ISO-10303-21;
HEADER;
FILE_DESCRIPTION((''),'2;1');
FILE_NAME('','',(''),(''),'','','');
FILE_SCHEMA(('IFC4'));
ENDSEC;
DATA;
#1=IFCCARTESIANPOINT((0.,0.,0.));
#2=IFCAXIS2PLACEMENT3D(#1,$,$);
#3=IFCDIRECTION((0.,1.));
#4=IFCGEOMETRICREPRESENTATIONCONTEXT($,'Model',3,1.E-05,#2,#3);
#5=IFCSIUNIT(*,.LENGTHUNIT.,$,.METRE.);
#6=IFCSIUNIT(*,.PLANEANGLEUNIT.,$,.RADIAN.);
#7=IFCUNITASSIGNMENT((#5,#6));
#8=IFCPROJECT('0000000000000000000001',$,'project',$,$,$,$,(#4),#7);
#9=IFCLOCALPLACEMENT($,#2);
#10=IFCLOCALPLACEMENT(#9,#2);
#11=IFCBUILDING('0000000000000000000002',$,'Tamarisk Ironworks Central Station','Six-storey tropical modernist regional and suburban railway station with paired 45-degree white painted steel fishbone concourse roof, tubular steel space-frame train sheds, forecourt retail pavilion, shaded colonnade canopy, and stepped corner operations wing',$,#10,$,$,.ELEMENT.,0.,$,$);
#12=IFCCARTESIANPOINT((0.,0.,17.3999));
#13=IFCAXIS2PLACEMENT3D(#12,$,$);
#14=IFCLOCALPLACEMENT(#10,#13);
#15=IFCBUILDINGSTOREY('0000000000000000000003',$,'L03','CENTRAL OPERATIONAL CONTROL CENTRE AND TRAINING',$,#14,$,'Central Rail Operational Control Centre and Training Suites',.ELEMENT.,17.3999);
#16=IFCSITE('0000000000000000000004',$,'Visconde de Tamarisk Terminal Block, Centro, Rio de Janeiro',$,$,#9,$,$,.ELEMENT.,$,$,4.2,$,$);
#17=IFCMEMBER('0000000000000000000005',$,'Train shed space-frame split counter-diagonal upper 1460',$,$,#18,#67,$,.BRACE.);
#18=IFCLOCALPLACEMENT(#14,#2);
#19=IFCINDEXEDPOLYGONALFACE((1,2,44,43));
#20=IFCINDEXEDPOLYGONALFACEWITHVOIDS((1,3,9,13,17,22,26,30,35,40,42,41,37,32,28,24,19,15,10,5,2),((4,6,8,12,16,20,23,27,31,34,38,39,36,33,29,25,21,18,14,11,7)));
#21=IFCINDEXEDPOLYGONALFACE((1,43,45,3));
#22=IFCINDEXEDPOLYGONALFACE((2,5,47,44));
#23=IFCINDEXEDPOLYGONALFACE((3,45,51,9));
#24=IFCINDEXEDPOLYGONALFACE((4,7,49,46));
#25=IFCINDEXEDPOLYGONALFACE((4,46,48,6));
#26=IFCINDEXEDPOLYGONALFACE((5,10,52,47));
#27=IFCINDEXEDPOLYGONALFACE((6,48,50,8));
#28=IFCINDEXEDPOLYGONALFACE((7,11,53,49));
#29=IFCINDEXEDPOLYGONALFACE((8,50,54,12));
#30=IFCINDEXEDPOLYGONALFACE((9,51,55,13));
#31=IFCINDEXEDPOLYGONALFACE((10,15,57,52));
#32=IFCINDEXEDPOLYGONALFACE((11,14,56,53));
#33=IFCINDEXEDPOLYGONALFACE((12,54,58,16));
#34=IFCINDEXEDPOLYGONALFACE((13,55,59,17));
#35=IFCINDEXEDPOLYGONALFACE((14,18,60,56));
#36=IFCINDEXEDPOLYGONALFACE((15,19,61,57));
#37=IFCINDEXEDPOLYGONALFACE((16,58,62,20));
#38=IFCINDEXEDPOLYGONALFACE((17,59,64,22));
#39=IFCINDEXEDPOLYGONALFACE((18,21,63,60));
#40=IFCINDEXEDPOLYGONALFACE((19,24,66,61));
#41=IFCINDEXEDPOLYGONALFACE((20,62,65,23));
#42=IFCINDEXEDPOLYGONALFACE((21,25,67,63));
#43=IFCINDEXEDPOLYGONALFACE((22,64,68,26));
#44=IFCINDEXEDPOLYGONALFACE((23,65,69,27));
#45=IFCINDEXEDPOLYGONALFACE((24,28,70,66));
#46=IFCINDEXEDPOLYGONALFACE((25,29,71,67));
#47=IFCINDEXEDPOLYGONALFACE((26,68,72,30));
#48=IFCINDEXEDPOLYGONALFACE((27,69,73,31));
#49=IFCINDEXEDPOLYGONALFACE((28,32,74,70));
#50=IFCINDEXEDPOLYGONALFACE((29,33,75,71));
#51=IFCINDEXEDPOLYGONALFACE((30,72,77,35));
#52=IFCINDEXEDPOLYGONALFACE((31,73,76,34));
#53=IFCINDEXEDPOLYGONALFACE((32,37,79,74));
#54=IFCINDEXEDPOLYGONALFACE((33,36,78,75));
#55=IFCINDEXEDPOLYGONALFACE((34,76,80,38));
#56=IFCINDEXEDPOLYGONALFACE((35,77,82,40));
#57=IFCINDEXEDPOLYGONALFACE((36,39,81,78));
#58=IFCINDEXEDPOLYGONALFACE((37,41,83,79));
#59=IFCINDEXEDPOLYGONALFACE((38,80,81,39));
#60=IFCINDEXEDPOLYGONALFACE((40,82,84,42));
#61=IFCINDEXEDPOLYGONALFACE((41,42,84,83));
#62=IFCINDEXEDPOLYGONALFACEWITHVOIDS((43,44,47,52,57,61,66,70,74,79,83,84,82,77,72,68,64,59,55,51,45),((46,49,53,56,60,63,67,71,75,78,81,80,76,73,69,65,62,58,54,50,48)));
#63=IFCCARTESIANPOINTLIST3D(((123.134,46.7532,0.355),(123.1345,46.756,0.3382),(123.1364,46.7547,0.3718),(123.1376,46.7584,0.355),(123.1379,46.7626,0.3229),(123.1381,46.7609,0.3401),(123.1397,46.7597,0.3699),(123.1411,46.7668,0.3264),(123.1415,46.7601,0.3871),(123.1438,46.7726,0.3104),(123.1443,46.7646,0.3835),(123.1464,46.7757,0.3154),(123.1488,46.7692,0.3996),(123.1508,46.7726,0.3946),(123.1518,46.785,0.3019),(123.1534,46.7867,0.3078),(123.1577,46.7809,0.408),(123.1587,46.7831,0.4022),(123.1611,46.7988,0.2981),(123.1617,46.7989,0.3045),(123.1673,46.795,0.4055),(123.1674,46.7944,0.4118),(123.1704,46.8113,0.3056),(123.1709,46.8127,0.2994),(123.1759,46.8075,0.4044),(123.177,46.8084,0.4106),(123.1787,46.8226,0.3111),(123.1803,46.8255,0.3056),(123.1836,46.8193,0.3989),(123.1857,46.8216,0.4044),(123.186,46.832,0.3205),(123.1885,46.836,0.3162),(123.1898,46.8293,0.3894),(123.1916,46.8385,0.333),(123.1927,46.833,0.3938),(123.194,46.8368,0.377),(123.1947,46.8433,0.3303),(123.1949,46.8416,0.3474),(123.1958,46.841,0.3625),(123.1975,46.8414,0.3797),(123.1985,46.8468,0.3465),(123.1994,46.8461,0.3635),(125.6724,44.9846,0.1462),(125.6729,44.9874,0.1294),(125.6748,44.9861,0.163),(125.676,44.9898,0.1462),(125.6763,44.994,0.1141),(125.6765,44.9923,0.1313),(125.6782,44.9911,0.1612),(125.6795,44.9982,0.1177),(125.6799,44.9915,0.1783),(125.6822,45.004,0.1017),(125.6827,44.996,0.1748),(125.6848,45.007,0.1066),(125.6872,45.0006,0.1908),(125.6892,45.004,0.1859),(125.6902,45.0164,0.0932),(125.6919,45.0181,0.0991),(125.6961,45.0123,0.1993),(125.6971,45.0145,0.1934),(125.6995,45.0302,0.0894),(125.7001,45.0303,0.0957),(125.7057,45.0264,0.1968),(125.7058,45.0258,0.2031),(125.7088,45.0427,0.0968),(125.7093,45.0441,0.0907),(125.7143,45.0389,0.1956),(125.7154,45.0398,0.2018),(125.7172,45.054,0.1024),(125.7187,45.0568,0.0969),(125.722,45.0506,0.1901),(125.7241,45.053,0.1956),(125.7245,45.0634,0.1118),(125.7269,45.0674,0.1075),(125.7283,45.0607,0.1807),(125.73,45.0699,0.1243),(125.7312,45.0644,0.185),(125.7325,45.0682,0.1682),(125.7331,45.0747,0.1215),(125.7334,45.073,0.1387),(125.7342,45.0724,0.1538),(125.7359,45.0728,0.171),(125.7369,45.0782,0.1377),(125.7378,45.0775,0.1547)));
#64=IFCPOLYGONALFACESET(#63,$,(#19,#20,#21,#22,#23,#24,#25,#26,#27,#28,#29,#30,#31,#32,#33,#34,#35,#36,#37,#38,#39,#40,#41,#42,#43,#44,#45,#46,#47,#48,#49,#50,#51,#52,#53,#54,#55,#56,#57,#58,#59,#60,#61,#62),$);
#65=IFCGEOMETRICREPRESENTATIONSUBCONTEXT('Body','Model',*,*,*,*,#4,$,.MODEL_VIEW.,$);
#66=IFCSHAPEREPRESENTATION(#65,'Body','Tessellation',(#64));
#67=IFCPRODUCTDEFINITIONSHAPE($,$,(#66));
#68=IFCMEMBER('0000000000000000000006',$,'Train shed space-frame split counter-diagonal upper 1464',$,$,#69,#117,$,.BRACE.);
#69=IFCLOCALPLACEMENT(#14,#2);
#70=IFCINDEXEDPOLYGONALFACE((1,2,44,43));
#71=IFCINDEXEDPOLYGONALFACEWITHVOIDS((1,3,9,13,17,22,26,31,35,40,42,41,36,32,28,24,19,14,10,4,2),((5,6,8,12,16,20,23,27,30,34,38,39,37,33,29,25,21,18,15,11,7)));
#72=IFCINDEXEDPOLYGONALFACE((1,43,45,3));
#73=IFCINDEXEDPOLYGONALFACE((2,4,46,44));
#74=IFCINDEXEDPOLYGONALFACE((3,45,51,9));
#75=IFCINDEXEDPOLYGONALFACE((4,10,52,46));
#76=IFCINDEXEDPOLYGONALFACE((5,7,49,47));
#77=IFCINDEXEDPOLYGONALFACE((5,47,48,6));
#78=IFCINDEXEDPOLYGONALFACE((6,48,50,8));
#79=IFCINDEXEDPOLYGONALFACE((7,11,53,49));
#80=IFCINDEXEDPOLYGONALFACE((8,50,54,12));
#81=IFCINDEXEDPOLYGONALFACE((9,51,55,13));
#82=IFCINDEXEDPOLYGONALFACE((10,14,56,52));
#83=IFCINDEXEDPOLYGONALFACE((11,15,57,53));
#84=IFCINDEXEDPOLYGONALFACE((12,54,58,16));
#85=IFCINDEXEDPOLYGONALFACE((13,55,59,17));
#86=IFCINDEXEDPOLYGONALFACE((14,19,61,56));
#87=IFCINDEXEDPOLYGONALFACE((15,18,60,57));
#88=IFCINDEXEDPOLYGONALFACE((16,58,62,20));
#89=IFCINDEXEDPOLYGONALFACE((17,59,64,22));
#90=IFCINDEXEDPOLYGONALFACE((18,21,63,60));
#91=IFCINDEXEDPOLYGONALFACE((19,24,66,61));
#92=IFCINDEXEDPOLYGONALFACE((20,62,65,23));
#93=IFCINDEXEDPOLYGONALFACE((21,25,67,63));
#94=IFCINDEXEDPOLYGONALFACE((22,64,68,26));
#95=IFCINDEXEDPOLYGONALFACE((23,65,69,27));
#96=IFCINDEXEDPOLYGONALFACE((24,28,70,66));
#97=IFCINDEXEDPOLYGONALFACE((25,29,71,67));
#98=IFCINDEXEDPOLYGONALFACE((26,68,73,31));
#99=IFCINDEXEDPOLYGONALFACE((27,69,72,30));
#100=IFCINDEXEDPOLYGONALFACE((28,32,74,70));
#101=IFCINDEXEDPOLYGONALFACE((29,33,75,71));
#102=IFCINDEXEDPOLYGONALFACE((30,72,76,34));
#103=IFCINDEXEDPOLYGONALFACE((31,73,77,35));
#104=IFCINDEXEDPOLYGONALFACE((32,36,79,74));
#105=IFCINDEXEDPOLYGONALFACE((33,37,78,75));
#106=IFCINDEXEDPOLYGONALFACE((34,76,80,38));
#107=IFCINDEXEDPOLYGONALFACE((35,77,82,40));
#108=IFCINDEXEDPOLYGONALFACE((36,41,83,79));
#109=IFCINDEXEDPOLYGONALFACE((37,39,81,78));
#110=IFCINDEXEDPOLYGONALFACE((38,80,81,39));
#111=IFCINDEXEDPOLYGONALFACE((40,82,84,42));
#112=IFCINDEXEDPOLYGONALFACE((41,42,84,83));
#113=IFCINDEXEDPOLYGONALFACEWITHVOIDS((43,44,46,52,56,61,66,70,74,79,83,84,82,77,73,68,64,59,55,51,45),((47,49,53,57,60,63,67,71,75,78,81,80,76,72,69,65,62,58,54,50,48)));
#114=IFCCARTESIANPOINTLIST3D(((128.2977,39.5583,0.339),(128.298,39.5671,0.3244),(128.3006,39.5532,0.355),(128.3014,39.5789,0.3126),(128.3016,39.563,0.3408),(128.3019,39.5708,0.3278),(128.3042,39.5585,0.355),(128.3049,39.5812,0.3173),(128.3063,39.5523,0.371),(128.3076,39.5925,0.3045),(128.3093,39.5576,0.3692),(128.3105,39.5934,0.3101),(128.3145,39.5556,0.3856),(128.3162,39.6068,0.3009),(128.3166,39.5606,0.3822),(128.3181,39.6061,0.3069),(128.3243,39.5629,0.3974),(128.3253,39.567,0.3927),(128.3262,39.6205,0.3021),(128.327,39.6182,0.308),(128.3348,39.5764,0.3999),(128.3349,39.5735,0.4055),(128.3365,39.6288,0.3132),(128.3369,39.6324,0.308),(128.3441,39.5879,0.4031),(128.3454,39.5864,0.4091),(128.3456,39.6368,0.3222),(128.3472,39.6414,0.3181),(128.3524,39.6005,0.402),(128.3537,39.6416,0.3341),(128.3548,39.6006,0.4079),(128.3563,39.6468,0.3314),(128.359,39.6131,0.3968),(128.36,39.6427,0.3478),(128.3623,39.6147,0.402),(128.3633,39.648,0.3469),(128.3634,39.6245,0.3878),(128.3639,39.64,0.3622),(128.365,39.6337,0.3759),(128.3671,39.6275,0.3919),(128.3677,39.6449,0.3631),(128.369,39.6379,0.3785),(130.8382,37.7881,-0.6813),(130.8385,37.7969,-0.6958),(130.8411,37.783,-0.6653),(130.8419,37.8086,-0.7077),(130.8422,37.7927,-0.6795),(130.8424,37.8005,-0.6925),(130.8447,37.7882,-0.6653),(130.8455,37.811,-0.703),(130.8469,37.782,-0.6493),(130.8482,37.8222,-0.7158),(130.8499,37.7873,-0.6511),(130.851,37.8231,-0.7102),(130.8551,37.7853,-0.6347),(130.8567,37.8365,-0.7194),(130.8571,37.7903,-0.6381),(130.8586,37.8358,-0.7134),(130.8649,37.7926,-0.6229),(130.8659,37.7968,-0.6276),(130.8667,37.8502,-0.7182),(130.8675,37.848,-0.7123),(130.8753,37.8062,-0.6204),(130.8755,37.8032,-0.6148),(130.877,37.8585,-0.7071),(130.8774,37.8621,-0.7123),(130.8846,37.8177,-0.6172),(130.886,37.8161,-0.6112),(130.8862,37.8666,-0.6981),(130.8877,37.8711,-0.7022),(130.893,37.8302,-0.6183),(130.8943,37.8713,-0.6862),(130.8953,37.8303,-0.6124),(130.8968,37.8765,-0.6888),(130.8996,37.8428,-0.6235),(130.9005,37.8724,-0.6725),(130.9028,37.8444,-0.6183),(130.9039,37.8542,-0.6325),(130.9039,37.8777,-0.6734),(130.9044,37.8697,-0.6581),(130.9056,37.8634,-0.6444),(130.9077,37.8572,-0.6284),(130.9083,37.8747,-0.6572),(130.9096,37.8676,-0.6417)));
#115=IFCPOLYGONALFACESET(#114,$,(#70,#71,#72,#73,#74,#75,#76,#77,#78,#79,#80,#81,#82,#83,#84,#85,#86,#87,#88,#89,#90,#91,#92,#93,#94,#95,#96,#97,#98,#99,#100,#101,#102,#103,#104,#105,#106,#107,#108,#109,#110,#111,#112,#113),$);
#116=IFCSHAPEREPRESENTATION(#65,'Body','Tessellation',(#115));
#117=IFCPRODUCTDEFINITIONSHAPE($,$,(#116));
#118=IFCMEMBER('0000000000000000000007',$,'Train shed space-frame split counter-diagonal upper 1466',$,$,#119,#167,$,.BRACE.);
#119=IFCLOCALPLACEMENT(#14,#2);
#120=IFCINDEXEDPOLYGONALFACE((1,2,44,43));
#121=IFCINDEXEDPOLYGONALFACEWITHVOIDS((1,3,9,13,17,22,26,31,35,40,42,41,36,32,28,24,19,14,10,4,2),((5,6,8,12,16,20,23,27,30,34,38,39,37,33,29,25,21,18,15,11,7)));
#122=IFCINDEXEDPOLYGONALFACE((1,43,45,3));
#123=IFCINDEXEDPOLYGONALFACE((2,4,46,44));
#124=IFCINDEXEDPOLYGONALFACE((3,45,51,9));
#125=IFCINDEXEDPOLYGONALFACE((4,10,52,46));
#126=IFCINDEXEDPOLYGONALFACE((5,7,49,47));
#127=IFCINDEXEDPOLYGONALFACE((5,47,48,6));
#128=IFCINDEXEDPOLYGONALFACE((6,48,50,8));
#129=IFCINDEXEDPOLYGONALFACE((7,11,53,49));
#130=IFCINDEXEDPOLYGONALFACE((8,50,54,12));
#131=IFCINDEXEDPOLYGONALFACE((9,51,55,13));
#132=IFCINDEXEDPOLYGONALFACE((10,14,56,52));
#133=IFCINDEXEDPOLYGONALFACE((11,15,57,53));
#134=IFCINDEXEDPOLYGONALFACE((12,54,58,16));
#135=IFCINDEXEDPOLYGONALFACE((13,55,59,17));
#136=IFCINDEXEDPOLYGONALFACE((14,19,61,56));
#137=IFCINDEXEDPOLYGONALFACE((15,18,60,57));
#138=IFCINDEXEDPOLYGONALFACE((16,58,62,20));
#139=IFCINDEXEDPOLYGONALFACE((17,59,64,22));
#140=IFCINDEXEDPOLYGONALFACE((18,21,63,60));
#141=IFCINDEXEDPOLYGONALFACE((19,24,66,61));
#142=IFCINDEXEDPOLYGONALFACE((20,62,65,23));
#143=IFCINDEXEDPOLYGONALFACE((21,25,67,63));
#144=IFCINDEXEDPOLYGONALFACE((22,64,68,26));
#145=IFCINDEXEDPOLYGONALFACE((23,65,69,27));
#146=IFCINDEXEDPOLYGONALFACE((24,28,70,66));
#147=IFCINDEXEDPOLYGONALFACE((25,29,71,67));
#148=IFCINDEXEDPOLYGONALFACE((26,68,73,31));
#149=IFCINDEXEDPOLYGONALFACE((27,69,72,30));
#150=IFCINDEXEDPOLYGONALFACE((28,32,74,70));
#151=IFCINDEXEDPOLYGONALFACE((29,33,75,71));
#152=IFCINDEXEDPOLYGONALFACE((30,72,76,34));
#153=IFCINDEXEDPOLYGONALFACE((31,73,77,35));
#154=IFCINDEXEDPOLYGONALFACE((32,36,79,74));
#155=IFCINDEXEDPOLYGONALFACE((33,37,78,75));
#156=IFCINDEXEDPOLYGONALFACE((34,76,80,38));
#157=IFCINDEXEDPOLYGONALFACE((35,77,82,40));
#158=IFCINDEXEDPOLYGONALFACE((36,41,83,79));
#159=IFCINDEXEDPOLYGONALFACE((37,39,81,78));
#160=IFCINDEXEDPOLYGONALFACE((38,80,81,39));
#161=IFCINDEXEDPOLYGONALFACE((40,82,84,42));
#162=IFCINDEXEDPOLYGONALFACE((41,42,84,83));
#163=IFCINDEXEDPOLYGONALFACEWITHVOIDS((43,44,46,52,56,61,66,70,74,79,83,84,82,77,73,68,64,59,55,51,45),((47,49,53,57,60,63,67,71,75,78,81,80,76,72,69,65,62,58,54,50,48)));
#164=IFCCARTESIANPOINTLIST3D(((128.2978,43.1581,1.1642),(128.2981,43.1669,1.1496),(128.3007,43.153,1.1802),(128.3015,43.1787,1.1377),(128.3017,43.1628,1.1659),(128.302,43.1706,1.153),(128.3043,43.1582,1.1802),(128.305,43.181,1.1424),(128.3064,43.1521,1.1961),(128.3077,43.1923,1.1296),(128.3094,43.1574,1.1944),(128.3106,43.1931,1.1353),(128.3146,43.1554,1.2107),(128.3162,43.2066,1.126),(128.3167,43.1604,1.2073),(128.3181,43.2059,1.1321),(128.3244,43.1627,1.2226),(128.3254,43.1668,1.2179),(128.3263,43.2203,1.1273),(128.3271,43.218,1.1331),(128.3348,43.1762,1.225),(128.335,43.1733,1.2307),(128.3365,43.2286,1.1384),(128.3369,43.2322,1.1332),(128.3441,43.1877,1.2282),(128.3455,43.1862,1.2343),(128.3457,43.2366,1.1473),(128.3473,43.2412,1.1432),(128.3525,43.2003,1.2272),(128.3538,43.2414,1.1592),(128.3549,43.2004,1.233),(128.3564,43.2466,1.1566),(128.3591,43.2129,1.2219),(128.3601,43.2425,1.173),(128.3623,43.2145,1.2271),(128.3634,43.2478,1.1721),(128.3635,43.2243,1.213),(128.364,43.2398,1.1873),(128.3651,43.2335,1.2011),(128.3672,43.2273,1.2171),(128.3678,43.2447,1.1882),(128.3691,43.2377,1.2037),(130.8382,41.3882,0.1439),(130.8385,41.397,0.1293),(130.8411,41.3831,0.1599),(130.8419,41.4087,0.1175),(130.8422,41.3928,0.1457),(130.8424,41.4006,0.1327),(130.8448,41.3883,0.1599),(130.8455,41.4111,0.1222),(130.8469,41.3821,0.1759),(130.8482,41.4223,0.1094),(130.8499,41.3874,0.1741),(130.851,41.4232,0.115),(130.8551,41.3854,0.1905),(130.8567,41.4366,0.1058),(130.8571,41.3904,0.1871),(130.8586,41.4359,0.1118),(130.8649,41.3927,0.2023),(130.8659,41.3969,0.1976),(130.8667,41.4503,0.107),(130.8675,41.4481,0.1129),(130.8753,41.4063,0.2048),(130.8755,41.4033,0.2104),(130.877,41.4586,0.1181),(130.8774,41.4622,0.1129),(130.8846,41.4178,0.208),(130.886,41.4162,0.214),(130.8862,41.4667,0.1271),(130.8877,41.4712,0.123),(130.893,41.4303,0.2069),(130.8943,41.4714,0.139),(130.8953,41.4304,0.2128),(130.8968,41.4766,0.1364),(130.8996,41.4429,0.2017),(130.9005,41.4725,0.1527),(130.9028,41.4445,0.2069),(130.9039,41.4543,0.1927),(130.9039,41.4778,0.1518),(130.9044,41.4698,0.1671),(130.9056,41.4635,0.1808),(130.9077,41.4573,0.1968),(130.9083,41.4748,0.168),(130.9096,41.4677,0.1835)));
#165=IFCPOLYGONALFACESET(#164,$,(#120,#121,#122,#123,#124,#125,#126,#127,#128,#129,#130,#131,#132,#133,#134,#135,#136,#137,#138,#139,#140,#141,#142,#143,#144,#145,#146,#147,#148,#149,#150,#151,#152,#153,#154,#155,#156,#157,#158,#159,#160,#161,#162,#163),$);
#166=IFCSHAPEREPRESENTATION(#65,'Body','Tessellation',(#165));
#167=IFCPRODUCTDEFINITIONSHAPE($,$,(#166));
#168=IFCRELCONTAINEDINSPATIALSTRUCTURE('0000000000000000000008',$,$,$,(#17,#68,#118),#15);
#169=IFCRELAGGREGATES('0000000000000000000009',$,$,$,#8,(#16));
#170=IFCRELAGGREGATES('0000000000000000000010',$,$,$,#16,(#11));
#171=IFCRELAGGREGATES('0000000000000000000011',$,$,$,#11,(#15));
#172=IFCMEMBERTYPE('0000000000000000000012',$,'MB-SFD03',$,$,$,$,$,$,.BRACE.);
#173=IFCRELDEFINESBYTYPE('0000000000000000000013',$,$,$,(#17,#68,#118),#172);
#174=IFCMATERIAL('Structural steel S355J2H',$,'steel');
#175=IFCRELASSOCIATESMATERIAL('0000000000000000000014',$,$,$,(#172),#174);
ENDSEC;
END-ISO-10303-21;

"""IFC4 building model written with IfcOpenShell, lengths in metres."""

from ifc_helpers import new_model, si_unit, direction, frame, origin, origin_2d, place, context, subcontext, project, spatial, hollow_circle, extrude, material, material_profile, profile_set, type_object, element, save


model = new_model("IFC4")

# Units and contexts
model_context = context("Model", 3, precision=1e-05, world=origin(), true_north=direction((0.0, 1.0)))
body_context = subcontext(model_context, "Body", "Model", "MODEL_VIEW")
ifc_project = project(units=[si_unit("LENGTHUNIT", "METRE"), si_unit("PLANEANGLEUNIT", "RADIAN")], contexts=[model_context])

# Site, building, storey
site_placement = place(None, origin())
site = spatial("IfcSite", under=ifc_project, at=site_placement, Name="Visconde de Tamarisk Terminal Block, Centro, Rio de Janeiro", CompositionType="ELEMENT", RefElevation=4.2)
building_placement = place(site_placement, origin())
building = spatial("IfcBuilding", under=site, at=building_placement, Name="Tamarisk Ironworks Central Station", Description="Six-storey tropical modernist regional and suburban railway station with paired 45-degree white painted steel fishbone concourse roof, tubular steel space-frame train sheds, forecourt retail pavilion, shaded colonnade canopy, and stepped corner operations wing", CompositionType="ELEMENT", ElevationOfRefHeight=0.0)
storey_placement = place(building_placement, frame((0.0, 0.0, 17.3999)))
storey = spatial("IfcBuildingStorey", under=building, at=storey_placement, Name="L03", Description="CENTRAL OPERATIONAL CONTROL CENTRE AND TRAINING", LongName="Central Rail Operational Control Centre and Training Suites", CompositionType="ELEMENT", Elevation=17.3999)

# Members
ifc_material_1 = material(Name="Structural steel S355J2H", Category="steel")
ifc_material_profile_1 = material_profile(ifc_material_1, hollow_circle(Radius=0.0571, WallThickness=0.0063, at=origin_2d()), Name="CHS 114.3x6.3")
ifc_profile_set_1 = profile_set([ifc_material_profile_1], Name="Structural steel S355J2H")
member_type_1 = type_object("IfcMemberType", Name="MB-SFD03", PredefinedType="BRACE", material=ifc_profile_set_1)
for number, where, z_axis, x_axis, name in (
    (1, (125.7051, 45.0315, 0.1462), (-0.818625, 0.570369, 0.06732), (-0.571666, -0.820487, 0.0), "Train shed space-frame split counter-diagonal upper 1460"),
):
    element("IfcMember", number, at=place(storey_placement, frame(where, z_axis=z_axis, x_axis=x_axis)), inside=storey, type_object=member_type_1, Name=name, PredefinedType="BRACE", context=body_context, shape_type="SweptSolid", body=[
        extrude(hollow_circle(Radius=0.0571, WallThickness=0.0063, at=origin_2d()), origin(), (0.0, 0.0, 1.0), 3.1008),
    ])
member_1_placement = place(storey_placement, frame((130.8738, 37.8298, -0.6653), z_axis=(-0.77925, 0.542989, 0.312943), x_axis=(-0.571704, -0.82046, 0.0)))
element("IfcMember", 2, at=member_1_placement, inside=storey, type_object=member_type_1, Name="Train shed space-frame split counter-diagonal upper 1464", PredefinedType="BRACE", context=body_context, shape_type="SweptSolid", body=[
    extrude(hollow_circle(Radius=0.0571, WallThickness=0.0063, at=origin_2d()), origin(), (0.0, 0.0, 1.0), 3.2603),
])
member_2_placement = place(storey_placement, frame((130.8738, 41.4299, 0.1599), z_axis=(-0.779281, 0.542936, 0.312956), x_axis=(-0.571651, -0.820497, 0.0)))
element("IfcMember", 3, at=member_2_placement, inside=storey, type_object=member_type_1, Name="Train shed space-frame split counter-diagonal upper 1466", PredefinedType="BRACE", context=body_context, shape_type="SweptSolid", body=[
    extrude(hollow_circle(Radius=0.0571, WallThickness=0.0063, at=origin_2d()), origin(), (0.0, 0.0, 1.0), 3.26),
])

save(model, "model.ifc")
